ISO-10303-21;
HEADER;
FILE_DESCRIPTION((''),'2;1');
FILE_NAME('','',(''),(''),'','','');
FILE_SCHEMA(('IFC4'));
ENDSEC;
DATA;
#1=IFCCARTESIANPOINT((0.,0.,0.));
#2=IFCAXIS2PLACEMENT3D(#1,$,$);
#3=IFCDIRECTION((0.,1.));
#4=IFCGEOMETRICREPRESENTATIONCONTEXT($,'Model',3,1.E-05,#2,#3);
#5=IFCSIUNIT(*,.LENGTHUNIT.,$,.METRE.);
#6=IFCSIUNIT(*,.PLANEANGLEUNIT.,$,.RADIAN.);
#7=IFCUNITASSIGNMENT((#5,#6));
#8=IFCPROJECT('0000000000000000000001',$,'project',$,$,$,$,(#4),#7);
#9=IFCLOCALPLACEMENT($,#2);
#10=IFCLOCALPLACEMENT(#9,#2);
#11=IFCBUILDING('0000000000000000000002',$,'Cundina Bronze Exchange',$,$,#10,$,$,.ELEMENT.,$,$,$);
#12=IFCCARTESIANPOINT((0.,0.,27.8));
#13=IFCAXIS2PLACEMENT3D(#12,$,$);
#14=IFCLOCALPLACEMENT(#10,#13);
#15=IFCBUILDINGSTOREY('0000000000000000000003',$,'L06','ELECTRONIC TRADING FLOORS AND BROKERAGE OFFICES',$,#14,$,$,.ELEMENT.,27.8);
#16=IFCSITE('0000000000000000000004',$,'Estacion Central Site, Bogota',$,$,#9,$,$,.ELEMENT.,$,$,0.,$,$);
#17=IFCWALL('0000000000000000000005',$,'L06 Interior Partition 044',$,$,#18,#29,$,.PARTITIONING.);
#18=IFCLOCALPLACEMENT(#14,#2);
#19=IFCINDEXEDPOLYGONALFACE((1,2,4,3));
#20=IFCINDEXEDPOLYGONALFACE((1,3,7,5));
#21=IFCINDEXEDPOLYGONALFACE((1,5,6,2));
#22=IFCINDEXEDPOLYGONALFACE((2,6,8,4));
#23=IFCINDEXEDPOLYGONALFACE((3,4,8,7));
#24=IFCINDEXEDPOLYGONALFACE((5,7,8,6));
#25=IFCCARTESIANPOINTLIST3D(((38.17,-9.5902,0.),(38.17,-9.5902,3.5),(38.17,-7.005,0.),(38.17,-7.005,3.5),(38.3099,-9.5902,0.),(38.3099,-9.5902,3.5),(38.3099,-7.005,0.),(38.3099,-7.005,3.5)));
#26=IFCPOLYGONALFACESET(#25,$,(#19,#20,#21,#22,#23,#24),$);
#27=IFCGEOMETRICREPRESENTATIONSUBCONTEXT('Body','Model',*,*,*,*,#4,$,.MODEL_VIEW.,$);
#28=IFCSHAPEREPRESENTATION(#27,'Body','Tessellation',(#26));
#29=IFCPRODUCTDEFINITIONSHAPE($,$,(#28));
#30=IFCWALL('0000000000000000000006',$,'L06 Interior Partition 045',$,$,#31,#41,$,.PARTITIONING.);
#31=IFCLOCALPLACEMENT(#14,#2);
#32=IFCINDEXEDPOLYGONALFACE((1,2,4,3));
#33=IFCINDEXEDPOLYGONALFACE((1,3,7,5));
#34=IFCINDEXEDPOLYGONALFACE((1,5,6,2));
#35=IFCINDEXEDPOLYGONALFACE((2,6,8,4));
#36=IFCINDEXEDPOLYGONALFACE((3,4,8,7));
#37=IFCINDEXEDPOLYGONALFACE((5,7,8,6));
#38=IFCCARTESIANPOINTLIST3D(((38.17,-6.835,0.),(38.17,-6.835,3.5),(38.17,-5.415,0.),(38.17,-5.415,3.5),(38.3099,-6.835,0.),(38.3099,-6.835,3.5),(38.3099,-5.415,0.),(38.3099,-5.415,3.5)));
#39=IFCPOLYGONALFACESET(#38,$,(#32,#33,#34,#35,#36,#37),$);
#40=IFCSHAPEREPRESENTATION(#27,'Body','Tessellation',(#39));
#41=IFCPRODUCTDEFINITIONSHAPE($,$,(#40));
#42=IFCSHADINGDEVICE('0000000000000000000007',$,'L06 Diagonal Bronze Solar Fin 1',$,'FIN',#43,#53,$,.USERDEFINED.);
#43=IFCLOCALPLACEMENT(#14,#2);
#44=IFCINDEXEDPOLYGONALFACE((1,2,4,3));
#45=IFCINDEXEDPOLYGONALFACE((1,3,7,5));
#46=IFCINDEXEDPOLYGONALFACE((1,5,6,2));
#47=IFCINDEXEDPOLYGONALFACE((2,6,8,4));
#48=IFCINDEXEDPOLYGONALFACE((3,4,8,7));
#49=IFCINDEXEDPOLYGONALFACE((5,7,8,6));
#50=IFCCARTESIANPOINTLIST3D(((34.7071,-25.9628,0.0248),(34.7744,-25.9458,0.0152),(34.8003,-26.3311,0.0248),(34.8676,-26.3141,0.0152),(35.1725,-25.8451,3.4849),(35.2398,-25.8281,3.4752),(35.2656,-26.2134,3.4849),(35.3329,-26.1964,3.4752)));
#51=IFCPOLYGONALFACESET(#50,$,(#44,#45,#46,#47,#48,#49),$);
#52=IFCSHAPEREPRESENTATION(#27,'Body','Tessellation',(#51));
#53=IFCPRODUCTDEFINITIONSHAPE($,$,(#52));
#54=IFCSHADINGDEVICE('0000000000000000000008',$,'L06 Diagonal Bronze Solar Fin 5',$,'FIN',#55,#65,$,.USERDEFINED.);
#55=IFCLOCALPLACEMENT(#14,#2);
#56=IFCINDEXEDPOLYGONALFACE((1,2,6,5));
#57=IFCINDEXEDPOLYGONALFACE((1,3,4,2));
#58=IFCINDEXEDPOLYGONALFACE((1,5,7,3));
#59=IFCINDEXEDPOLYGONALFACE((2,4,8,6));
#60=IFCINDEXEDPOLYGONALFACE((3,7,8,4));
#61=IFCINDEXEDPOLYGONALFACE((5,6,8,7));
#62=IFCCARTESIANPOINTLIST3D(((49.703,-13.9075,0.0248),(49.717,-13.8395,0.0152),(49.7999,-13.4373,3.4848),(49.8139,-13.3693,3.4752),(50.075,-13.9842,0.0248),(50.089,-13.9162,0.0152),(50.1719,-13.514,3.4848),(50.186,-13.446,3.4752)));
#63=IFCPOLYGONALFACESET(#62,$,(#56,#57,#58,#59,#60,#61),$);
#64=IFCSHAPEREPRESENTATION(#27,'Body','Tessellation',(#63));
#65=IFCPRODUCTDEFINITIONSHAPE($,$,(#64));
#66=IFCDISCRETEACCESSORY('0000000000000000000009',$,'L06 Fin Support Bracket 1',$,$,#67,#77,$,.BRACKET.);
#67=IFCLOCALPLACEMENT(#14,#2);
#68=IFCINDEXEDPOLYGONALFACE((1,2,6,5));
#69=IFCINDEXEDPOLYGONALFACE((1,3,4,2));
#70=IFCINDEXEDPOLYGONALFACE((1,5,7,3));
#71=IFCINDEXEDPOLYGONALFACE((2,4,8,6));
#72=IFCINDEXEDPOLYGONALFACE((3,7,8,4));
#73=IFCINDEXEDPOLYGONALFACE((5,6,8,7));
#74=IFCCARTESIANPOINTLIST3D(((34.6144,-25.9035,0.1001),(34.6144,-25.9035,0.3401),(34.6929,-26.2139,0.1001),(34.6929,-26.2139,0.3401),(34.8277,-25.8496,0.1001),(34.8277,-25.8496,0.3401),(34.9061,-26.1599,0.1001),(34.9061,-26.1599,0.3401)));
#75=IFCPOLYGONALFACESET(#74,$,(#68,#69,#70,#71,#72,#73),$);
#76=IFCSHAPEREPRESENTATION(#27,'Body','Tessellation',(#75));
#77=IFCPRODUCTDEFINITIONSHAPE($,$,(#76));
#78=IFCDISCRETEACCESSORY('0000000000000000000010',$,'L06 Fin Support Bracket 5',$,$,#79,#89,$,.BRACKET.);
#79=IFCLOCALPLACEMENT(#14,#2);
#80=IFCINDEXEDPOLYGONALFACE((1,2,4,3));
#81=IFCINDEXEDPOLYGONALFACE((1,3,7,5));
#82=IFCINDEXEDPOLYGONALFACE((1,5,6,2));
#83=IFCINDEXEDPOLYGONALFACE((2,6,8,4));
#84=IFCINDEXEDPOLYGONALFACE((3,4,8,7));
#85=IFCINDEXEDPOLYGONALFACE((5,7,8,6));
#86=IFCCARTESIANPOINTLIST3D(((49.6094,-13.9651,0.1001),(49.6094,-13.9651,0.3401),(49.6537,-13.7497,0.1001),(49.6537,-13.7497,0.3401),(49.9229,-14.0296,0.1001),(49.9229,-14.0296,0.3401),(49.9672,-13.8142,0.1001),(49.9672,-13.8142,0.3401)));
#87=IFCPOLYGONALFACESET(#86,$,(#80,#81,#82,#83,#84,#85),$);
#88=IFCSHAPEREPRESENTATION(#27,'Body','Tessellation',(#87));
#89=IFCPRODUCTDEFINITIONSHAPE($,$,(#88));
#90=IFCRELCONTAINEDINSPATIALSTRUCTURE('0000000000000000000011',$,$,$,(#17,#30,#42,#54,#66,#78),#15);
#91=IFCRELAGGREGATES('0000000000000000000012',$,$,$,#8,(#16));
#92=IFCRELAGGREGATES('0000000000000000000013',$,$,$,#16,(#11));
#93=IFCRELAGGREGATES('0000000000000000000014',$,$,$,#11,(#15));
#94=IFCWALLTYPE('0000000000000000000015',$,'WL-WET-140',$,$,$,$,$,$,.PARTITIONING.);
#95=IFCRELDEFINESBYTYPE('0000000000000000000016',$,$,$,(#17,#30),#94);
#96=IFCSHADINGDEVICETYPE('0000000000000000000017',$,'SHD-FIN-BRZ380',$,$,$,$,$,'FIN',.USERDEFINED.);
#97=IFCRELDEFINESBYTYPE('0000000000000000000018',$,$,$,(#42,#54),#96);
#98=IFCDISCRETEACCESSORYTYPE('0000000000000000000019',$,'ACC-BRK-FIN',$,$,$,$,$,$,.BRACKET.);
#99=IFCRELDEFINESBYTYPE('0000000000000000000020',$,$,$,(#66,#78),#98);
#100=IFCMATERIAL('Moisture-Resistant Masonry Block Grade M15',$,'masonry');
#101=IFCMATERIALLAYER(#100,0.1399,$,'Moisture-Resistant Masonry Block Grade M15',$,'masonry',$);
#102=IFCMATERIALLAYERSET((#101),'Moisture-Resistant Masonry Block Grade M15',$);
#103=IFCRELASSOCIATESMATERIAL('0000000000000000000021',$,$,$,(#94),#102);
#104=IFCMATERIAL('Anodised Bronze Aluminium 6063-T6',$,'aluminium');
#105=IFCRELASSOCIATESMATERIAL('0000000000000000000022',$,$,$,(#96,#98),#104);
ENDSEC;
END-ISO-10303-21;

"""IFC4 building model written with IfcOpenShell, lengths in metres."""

from ifc_helpers import new_model, si_unit, direction, frame, frame_2d, origin, origin_2d, place, context, subcontext, project, spatial, rectangle, extrude, material, layer, layer_set, material_profile, profile_set, type_object, element, save


model = new_model("IFC4")

# Units and contexts
model_context = context("Model", 3, precision=1e-05, world=origin(), true_north=direction((0.0, 1.0)))
body_context = subcontext(model_context, "Body", "Model", "MODEL_VIEW")
ifc_project = project(units=[si_unit("LENGTHUNIT", "METRE"), si_unit("PLANEANGLEUNIT", "RADIAN")], contexts=[model_context])

# Site, building, storey
site_placement = place(None, origin())
site = spatial("IfcSite", under=ifc_project, at=site_placement, Name="Estacion Central Site, Bogota", CompositionType="ELEMENT", RefElevation=0.0)
building_placement = place(site_placement, origin())
building = spatial("IfcBuilding", under=site, at=building_placement, Name="Cundina Bronze Exchange", CompositionType="ELEMENT")
storey_placement = place(building_placement, frame((0.0, 0.0, 27.8)))
storey = spatial("IfcBuildingStorey", under=building, at=storey_placement, Name="L06", Description="ELECTRONIC TRADING FLOORS AND BROKERAGE OFFICES", CompositionType="ELEMENT", Elevation=27.8)

# Shared definitions
ifc_material_1 = material(Name="Anodised Bronze Aluminium 6063-T6", Category="aluminium")

# Walls
ifc_material_2 = material(Name="Moisture-Resistant Masonry Block Grade M15", Category="masonry")
ifc_layer_1 = layer(ifc_material_2, 0.1399, Name="Moisture-Resistant Masonry Block Grade M15", Category="masonry")
ifc_layer_set_1 = layer_set([ifc_layer_1], Name="Moisture-Resistant Masonry Block Grade M15")
wall_type_1 = type_object("IfcWallType", Name="WL-WET-140", PredefinedType="PARTITIONING", material=ifc_layer_set_1)
wall_1_placement = place(storey_placement, frame((38.24, -9.5901, 0.0), z_axis=(0.0, 0.0, 1.0), x_axis=(0.0, 1.0, 0.0)))
element("IfcWall", 1, at=wall_1_placement, inside=storey, type_object=wall_type_1, Name="L06 Interior Partition 044", PredefinedType="PARTITIONING", context=body_context, shape_type="SweptSolid", body=[
    extrude(rectangle(XDim=2.5852, YDim=0.1399, at=frame_2d((1.2925, 0.0))), origin(), (0.0, 0.0, 1.0), 3.5),
])
wall_2_placement = place(storey_placement, frame((38.24, -6.835, 0.0), z_axis=(0.0, 0.0, 1.0), x_axis=(0.0, 1.0, 0.0)))
element("IfcWall", 2, at=wall_2_placement, inside=storey, type_object=wall_type_1, Name="L06 Interior Partition 045", PredefinedType="PARTITIONING", context=body_context, shape_type="SweptSolid", body=[
    extrude(rectangle(XDim=1.4199, YDim=0.1399, at=frame_2d((0.71, 0.0))), origin(), (0.0, 0.0, 1.0), 3.5),
])

# Shading devices
ifc_material_profile_1 = material_profile(ifc_material_1, rectangle(XDim=0.0701, YDim=0.3799, at=origin_2d()), Name="FIN70X380", Category="aluminium")
ifc_profile_set_1 = profile_set([ifc_material_profile_1], Name="Anodised Bronze Aluminium 6063-T6")
shading_device_type = type_object("IfcShadingDeviceType", Name="SHD-FIN-BRZ380", ElementType="FIN", PredefinedType="USERDEFINED", material=ifc_profile_set_1)
for number, where, z_axis, x_axis, name in (
    (3, (34.7874, -26.1384, 0.02), (0.133215, 0.033688, 0.990514), (-0.960285, -0.242842, 0.137408), "L06 Diagonal Bronze Solar Fin 1"),
    (4, (49.896, -13.9119, 0.02), (0.027747, 0.134612, 0.99051), (-0.199967, -0.970115, 0.137442), "L06 Diagonal Bronze Solar Fin 5"),
):
    element("IfcShadingDevice", number, at=place(storey_placement, frame(where, z_axis=z_axis, x_axis=x_axis)), inside=storey, type_object=shading_device_type, Name=name, ObjectType="FIN", PredefinedType="USERDEFINED", context=body_context, shape_type="SweptSolid", body=[
        extrude(rectangle(XDim=0.0701, YDim=0.3799, at=origin_2d()), origin(), (0.0, 0.0, 1.0), 3.4932),
    ])

# Discrete accessories
discrete_accessory_type = type_object("IfcDiscreteAccessoryType", Name="ACC-BRK-FIN", PredefinedType="BRACKET", material=ifc_material_1)
for number, where, z_axis, x_axis, name in (
    (5, (34.7603, -26.0317, 0.1001), (0.0, 0.0, 1.0), (0.969488, 0.245138, 0.0), "L06 Fin Support Bracket 1"),
    (6, (49.7883, -13.8896, 0.1001), (0.0, 0.0, 1.0), (0.20142, 0.979505, 0.0), "L06 Fin Support Bracket 5"),
):
    element("IfcDiscreteAccessory", number, at=place(storey_placement, frame(where, z_axis=z_axis, x_axis=x_axis)), inside=storey, type_object=discrete_accessory_type, Name=name, PredefinedType="BRACKET", context=body_context, shape_type="SweptSolid", body=[
        extrude(rectangle(XDim=0.22, YDim=0.3201, at=origin_2d()), origin(), (0.0, 0.0, 1.0), 0.24),
    ])

save(model, "model.ifc")
